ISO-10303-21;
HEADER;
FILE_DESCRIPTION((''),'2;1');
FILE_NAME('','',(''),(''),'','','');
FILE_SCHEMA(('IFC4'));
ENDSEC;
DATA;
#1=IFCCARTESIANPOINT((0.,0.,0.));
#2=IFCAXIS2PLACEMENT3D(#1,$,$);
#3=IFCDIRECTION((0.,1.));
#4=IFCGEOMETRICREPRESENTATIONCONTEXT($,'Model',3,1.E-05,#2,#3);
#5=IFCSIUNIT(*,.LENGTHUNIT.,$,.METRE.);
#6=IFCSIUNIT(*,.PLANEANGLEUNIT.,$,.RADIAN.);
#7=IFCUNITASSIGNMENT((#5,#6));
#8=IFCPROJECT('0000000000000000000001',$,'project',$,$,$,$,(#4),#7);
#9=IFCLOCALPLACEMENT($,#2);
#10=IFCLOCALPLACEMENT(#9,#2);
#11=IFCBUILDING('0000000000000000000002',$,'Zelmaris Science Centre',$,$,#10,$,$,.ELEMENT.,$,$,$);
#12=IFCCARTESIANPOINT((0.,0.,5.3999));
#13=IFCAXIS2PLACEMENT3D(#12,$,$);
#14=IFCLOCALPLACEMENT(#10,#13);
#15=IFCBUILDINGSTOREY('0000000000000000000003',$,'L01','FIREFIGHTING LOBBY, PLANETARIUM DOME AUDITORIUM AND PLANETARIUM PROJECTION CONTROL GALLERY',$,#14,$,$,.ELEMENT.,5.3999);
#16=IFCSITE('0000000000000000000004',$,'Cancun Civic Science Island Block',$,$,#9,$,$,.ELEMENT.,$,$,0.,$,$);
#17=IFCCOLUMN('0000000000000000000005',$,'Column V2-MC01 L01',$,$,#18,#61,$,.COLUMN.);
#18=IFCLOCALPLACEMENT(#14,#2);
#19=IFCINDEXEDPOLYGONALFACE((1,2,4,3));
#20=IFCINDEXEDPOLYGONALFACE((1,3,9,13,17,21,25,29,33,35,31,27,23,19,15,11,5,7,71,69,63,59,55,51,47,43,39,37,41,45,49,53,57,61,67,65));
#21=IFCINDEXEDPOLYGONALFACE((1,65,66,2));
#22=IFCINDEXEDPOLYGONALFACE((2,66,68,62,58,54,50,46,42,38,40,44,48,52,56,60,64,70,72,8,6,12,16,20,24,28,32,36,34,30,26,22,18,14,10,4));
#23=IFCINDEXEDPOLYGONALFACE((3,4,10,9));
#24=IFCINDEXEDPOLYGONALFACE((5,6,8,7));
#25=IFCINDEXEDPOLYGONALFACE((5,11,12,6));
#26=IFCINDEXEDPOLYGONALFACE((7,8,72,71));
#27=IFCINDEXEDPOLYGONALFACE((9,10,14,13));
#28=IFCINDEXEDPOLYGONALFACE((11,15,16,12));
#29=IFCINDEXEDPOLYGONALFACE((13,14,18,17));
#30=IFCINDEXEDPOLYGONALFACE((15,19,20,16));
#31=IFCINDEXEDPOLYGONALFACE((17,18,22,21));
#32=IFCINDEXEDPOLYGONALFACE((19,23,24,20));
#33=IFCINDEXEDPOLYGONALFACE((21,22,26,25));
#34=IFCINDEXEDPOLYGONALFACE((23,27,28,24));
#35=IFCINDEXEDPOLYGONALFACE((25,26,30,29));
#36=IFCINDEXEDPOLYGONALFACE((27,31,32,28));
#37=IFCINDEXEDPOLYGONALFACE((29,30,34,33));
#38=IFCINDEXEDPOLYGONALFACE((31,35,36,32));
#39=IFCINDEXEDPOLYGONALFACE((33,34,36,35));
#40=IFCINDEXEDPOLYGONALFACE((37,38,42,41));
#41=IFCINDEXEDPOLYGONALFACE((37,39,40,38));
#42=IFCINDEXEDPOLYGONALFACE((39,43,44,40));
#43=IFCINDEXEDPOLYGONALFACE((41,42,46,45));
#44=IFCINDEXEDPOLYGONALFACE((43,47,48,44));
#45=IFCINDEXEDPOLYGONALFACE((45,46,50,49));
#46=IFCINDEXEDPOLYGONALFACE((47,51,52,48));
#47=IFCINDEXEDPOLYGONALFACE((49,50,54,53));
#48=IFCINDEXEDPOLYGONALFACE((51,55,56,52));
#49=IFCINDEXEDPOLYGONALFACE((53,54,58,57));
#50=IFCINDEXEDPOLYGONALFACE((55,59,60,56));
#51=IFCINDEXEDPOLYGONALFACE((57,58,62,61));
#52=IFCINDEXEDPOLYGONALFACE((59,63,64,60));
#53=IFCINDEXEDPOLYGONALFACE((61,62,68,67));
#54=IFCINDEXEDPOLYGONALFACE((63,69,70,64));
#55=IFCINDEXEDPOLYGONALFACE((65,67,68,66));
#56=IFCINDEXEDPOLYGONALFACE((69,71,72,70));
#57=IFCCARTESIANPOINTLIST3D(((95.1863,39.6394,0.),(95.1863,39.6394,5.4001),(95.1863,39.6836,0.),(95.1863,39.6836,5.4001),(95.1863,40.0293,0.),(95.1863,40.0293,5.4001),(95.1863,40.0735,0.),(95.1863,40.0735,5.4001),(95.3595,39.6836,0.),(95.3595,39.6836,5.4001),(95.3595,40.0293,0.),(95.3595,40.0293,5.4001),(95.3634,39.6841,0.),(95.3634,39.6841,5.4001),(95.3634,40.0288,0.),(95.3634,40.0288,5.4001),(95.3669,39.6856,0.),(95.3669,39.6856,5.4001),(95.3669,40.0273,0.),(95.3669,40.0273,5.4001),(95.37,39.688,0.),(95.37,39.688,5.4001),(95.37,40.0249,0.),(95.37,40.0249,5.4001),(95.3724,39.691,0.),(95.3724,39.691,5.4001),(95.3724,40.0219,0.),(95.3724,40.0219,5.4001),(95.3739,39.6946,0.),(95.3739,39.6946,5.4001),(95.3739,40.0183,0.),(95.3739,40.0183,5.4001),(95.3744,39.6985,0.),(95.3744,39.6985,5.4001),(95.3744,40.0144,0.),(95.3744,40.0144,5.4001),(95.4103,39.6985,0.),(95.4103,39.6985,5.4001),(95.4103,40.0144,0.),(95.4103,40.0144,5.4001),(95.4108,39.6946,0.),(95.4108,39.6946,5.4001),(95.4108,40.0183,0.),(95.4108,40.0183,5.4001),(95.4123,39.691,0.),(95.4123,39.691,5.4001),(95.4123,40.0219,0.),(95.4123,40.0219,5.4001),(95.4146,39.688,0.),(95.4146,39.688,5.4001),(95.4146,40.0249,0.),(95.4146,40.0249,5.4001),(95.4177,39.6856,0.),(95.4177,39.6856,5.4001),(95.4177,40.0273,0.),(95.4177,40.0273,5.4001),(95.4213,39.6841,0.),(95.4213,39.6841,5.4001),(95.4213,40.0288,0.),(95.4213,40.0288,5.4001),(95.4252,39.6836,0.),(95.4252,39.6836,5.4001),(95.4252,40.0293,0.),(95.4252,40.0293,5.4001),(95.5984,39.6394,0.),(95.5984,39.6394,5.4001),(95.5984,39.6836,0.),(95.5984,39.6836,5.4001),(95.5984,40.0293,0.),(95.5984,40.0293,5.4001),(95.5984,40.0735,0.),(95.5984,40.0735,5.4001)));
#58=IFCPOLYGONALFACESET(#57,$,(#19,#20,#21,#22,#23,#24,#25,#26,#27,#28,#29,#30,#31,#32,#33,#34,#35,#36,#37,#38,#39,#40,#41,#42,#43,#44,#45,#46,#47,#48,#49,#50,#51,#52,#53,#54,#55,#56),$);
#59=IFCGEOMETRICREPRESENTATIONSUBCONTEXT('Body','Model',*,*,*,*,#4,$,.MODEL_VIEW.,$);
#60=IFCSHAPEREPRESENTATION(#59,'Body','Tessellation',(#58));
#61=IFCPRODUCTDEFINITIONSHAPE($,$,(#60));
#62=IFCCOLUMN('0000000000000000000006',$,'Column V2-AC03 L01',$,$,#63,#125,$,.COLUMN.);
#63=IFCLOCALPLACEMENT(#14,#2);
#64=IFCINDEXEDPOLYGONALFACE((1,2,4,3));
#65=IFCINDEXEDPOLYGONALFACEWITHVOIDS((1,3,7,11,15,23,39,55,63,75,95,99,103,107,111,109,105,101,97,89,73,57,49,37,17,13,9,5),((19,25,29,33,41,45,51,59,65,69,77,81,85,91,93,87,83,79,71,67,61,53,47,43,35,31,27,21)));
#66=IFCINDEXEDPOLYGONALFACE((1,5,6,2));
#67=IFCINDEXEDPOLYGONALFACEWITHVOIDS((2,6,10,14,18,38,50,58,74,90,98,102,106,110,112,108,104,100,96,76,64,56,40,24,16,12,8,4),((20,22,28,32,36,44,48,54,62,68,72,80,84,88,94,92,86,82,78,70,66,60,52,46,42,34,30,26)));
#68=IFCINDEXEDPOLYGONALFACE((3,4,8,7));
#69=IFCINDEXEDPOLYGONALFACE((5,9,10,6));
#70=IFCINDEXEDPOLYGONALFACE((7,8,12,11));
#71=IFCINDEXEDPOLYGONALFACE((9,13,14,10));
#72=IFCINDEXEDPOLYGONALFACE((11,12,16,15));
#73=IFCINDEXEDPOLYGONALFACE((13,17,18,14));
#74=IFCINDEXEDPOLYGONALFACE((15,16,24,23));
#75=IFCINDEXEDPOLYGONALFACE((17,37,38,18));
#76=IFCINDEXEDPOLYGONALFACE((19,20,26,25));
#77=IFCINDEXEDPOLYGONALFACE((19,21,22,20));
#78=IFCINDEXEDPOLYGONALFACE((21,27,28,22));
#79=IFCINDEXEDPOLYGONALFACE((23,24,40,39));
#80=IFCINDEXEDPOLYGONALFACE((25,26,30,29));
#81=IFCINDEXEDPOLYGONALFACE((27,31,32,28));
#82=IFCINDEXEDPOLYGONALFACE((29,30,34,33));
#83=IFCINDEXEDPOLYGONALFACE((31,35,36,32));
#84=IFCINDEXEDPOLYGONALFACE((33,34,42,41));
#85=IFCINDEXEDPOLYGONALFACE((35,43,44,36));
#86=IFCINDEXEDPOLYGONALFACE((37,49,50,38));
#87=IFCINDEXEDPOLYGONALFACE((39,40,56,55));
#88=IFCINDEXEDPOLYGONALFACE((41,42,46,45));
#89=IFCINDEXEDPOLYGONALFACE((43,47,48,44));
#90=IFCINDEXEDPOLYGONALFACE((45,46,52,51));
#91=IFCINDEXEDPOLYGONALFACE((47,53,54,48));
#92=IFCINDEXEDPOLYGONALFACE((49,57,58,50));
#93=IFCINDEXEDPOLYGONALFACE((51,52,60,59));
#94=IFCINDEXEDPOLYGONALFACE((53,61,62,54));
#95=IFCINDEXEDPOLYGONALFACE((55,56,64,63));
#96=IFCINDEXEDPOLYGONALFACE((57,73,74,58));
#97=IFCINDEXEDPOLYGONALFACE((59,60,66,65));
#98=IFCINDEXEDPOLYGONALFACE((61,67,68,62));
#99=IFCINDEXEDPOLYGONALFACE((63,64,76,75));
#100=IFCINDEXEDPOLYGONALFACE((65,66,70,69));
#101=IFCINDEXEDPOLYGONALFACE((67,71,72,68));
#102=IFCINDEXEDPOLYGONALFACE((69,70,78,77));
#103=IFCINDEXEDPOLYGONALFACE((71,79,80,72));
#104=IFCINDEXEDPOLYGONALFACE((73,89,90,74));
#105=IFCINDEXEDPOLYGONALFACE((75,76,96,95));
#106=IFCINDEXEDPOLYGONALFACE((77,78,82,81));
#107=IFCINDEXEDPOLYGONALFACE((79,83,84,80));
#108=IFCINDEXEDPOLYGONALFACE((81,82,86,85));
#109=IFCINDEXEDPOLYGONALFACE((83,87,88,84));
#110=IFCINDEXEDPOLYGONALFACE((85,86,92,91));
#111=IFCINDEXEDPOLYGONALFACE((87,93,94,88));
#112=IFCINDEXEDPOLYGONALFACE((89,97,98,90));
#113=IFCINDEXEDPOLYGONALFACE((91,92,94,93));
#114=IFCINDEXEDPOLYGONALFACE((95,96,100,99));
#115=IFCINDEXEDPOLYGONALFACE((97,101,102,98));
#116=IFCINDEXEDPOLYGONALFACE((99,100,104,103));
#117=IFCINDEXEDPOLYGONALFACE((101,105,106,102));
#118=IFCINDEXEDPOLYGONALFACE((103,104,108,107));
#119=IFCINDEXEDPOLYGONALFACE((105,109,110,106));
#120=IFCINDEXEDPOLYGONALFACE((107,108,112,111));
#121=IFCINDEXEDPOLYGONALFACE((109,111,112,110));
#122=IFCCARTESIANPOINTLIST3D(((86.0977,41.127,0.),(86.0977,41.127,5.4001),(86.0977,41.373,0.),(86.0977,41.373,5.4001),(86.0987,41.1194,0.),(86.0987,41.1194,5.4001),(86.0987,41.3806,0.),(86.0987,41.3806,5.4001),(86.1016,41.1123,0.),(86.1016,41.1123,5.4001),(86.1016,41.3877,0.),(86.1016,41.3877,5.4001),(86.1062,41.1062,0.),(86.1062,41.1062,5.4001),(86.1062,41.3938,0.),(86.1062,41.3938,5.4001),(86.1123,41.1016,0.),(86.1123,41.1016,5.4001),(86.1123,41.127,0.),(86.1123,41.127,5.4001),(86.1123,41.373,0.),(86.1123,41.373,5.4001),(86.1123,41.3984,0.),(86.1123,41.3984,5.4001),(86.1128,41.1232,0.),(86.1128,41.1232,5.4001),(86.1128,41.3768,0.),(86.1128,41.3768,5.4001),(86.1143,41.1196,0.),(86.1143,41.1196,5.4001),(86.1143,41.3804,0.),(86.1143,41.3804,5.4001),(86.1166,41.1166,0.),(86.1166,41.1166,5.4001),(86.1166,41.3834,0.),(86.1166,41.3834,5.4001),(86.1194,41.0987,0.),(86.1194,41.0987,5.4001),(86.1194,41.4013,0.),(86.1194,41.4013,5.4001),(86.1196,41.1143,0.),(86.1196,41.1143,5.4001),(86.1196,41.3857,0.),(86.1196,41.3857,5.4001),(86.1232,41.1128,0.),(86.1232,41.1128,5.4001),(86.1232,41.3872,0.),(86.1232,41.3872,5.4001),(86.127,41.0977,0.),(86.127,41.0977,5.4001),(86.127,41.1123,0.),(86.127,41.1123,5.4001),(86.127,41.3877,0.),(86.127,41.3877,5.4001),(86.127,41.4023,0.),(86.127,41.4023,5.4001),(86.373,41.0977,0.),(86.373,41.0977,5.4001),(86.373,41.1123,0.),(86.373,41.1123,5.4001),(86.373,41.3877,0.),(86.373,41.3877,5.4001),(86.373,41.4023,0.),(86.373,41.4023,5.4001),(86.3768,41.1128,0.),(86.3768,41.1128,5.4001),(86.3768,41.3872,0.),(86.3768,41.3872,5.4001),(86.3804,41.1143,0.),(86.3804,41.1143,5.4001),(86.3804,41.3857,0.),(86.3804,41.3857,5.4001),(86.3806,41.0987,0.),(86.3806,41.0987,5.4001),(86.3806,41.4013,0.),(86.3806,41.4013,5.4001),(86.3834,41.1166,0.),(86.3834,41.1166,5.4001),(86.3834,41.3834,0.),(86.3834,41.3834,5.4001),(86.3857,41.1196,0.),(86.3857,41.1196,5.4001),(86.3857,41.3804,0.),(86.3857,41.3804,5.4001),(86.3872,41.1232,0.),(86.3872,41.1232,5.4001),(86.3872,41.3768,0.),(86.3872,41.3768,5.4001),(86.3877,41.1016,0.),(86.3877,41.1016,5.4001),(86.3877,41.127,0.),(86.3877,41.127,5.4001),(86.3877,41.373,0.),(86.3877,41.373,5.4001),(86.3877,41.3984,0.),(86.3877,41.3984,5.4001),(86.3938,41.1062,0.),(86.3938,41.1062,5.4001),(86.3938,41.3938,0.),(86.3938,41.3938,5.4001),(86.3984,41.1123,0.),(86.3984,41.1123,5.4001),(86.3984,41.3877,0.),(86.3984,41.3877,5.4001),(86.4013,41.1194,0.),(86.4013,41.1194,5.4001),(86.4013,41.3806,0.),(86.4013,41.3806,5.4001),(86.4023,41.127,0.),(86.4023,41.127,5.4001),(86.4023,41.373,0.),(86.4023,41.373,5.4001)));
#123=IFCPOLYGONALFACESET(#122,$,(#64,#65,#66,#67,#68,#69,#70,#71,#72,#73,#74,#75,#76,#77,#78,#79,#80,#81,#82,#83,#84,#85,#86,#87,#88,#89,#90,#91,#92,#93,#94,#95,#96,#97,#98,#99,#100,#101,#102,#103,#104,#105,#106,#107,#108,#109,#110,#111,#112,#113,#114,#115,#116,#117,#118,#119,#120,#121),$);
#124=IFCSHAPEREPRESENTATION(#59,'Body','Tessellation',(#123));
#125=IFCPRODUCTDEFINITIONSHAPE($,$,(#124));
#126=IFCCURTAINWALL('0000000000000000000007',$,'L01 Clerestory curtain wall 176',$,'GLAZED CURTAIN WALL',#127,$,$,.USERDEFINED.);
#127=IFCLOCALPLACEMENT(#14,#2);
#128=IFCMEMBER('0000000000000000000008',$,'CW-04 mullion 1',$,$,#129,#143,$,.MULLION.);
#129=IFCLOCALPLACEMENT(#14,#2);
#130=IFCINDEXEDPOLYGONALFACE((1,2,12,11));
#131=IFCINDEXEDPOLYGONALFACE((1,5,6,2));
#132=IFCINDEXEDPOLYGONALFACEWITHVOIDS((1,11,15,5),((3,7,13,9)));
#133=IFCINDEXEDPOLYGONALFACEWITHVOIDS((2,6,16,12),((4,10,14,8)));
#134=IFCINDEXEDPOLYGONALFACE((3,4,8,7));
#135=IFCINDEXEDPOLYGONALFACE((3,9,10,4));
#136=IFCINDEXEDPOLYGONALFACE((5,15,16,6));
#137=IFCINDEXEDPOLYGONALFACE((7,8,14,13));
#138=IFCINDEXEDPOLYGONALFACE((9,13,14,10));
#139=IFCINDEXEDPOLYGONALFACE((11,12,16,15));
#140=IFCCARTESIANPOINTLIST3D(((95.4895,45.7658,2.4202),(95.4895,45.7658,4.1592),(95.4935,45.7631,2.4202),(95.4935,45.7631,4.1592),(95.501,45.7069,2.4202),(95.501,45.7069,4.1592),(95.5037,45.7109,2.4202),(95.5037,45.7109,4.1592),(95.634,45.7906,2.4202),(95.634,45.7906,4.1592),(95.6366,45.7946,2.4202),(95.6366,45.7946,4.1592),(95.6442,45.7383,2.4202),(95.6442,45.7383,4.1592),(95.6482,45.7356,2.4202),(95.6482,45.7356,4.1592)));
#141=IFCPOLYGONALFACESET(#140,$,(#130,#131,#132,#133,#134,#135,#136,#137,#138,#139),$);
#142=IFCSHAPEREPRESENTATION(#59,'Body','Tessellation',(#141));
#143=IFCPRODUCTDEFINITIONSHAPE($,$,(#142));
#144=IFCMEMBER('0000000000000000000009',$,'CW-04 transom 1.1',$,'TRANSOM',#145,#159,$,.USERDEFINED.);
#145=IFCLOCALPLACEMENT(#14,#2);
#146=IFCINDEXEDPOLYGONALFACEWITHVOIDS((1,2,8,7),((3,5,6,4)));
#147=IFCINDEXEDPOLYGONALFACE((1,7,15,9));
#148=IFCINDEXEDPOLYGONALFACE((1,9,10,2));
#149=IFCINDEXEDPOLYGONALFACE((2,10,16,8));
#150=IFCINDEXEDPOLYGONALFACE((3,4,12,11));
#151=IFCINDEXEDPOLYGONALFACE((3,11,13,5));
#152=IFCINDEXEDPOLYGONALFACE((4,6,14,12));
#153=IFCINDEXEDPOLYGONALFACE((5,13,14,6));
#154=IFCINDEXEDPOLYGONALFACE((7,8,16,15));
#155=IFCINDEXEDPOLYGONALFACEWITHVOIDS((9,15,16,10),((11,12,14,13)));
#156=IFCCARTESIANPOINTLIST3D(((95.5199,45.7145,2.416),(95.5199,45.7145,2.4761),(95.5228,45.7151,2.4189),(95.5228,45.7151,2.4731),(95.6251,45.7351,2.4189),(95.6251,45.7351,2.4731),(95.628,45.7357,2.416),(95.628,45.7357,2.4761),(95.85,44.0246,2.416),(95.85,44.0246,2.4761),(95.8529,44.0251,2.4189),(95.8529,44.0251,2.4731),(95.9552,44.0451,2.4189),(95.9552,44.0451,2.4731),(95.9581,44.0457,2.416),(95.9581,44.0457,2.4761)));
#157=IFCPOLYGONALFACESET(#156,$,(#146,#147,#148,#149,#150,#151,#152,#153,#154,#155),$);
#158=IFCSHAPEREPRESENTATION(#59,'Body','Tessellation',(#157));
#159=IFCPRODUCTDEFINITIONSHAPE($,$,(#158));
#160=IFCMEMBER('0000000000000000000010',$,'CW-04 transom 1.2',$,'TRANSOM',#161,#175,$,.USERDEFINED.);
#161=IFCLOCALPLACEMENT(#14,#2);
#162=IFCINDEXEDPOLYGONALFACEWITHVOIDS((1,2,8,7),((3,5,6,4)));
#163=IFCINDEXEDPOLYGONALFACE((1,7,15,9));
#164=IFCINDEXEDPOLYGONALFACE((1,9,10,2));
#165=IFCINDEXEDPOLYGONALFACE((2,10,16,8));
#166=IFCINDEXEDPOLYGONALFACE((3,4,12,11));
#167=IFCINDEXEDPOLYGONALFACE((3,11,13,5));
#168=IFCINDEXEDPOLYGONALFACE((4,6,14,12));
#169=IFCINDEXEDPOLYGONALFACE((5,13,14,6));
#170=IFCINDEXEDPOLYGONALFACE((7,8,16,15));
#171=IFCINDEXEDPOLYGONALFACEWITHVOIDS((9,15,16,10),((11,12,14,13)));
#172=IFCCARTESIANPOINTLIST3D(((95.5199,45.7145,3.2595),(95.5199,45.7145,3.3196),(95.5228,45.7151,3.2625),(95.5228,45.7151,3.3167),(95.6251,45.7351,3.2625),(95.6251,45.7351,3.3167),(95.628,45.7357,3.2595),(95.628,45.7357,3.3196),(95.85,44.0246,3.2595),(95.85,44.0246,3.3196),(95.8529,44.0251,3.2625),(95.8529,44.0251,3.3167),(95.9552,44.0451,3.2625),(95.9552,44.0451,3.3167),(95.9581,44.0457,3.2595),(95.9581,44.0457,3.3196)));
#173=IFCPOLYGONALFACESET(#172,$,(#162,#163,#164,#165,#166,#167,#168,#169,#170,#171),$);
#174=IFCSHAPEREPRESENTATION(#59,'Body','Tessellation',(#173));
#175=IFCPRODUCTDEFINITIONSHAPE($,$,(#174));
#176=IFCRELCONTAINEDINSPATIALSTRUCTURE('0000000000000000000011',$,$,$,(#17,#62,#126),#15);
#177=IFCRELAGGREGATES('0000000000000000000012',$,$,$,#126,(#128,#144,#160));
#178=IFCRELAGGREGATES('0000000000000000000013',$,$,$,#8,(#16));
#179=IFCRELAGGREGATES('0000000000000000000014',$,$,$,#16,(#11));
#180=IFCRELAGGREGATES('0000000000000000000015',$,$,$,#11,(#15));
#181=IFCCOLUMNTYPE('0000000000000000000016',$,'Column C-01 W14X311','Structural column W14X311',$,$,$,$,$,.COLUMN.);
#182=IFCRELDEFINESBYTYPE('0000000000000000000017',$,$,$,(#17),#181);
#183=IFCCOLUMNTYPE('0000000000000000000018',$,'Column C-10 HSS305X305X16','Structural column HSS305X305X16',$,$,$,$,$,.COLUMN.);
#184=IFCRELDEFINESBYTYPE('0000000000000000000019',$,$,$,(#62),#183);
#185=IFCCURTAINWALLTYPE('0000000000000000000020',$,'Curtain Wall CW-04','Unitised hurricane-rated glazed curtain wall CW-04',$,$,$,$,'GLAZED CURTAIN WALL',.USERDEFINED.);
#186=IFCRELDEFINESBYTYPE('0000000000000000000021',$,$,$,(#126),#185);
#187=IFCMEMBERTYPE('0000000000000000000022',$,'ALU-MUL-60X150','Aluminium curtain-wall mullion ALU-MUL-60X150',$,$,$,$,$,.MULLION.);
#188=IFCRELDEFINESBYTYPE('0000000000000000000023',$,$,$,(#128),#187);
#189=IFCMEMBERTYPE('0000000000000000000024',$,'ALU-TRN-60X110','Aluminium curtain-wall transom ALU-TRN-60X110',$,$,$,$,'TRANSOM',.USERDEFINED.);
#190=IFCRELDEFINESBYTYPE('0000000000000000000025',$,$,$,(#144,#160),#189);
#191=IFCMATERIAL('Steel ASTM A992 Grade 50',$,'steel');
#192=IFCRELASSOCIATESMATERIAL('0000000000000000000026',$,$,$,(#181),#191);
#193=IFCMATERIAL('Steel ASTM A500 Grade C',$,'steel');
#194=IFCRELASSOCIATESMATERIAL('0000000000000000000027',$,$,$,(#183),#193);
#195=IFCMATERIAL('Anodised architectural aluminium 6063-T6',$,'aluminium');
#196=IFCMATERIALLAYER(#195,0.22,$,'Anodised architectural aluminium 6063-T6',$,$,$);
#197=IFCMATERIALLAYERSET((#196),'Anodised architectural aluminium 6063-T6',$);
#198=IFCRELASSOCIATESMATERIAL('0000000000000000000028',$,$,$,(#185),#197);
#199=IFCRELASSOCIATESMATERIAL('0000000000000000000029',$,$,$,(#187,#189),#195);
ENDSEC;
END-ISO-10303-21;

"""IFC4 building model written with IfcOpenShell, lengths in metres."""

from ifc_helpers import new_model, si_unit, direction, frame, origin, origin_2d, place, context, subcontext, project, spatial, hollow_rectangle, i_section, extrude, material, layer, layer_set, material_profile, profile_set, type_object, element, aggregate, save


model = new_model("IFC4")

# Units and contexts
model_context = context("Model", 3, precision=1e-05, world=origin(), true_north=direction((0.0, 1.0)))
body_context = subcontext(model_context, "Body", "Model", "MODEL_VIEW")
ifc_project = project(units=[si_unit("LENGTHUNIT", "METRE"), si_unit("PLANEANGLEUNIT", "RADIAN")], contexts=[model_context])

# Site, building, storey
site_placement = place(None, origin())
site = spatial("IfcSite", under=ifc_project, at=site_placement, Name="Cancun Civic Science Island Block", CompositionType="ELEMENT", RefElevation=0.0)
building_placement = place(site_placement, origin())
building = spatial("IfcBuilding", under=site, at=building_placement, Name="Zelmaris Science Centre", CompositionType="ELEMENT")
storey_placement = place(building_placement, frame((0.0, 0.0, 5.3999)))
storey = spatial("IfcBuildingStorey", under=building, at=storey_placement, Name="L01", Description="FIREFIGHTING LOBBY, PLANETARIUM DOME AUDITORIUM AND PLANETARIUM PROJECTION CONTROL GALLERY", CompositionType="ELEMENT", Elevation=5.3999)

# Columns
ifc_material_1 = material(Name="Steel ASTM A992 Grade 50", Category="steel")
ifc_material_profile_1 = material_profile(ifc_material_1, i_section(OverallWidth=0.4121, OverallDepth=0.4341, WebThickness=0.0359, FlangeThickness=0.0442, FilletRadius=0.0149, at=origin_2d()), Name="W14X311")
ifc_profile_set_1 = profile_set([ifc_material_profile_1], Name="Steel ASTM A992 Grade 50")
column_type_1 = type_object("IfcColumnType", Name="Column C-01 W14X311", Description="Structural column W14X311", PredefinedType="COLUMN", material=ifc_profile_set_1)
column_1_placement = place(storey_placement, frame((95.3923, 39.8564, 0.0), z_axis=(0.0, 0.0, 1.0), x_axis=(1.0, 0.0, 0.0)))
element("IfcColumn", 1, at=column_1_placement, inside=storey, type_object=column_type_1, Name="Column V2-MC01 L01", PredefinedType="COLUMN", context=body_context, shape_type="SweptSolid", body=[
    extrude(i_section(OverallWidth=0.4121, OverallDepth=0.4341, WebThickness=0.0359, FlangeThickness=0.0442, FilletRadius=0.0149, at=origin_2d()), origin(), (0.0, 0.0, 1.0), 5.4001),
])
ifc_material_2 = material(Name="Steel ASTM A500 Grade C", Category="steel")
ifc_material_profile_2 = material_profile(ifc_material_2, hollow_rectangle(XDim=0.3047, YDim=0.3047, WallThickness=0.0146, InnerFilletRadius=0.0146, OuterFilletRadius=0.0293, at=origin_2d()), Name="HSS305X305X16")
ifc_profile_set_2 = profile_set([ifc_material_profile_2], Name="Steel ASTM A500 Grade C")
column_type_2 = type_object("IfcColumnType", Name="Column C-10 HSS305X305X16", Description="Structural column HSS305X305X16", PredefinedType="COLUMN", material=ifc_profile_set_2)
column_2_placement = place(storey_placement, frame((86.25, 41.25, 0.0), z_axis=(0.0, 0.0, 1.0), x_axis=(1.0, 0.0, 0.0)))
element("IfcColumn", 2, at=column_2_placement, inside=storey, type_object=column_type_2, Name="Column V2-AC03 L01", PredefinedType="COLUMN", context=body_context, shape_type="SweptSolid", body=[
    extrude(hollow_rectangle(XDim=0.3047, YDim=0.3047, WallThickness=0.0146, InnerFilletRadius=0.0146, OuterFilletRadius=0.0293, at=origin_2d()), origin(), (0.0, 0.0, 1.0), 5.4001),
])

# Curtain wall, members
ifc_material_3 = material(Name="Anodised architectural aluminium 6063-T6", Category="aluminium")
ifc_layer_1 = layer(ifc_material_3, 0.22, Name="Anodised architectural aluminium 6063-T6")
ifc_layer_set_1 = layer_set([ifc_layer_1], Name="Anodised architectural aluminium 6063-T6")
curtain_wall_type = type_object("IfcCurtainWallType", Name="Curtain Wall CW-04", Description="Unitised hurricane-rated glazed curtain wall CW-04", ElementType="GLAZED CURTAIN WALL", PredefinedType="USERDEFINED", material=ifc_layer_set_1)
curtain_wall_placement = place(storey_placement, origin())
curtain_wall = element("IfcCurtainWall", 3, at=curtain_wall_placement, inside=storey, type_object=curtain_wall_type, Name="L01 Clerestory curtain wall 176", ObjectType="GLAZED CURTAIN WALL", PredefinedType="USERDEFINED")
ifc_material_profile_3 = material_profile(ifc_material_3, hollow_rectangle(XDim=0.0601, YDim=0.1499, WallThickness=0.0034, at=origin_2d()), Name="ALU-MUL-60X150")
ifc_profile_set_3 = profile_set([ifc_material_profile_3], Name="Anodised architectural aluminium 6063-T6")
member_type_1 = type_object("IfcMemberType", Name="ALU-MUL-60X150", Description="Aluminium curtain-wall mullion ALU-MUL-60X150", PredefinedType="MULLION", material=ifc_profile_set_3)
member_1_placement = place(storey_placement, frame((95.5688, 45.7507, 2.4202), z_axis=(0.0, 0.0, 1.0), x_axis=(0.191749, -0.981444, 0.0)))
member_1 = element("IfcMember", 4, at=member_1_placement, type_object=member_type_1, Name="CW-04 mullion 1", PredefinedType="MULLION", context=body_context, shape_type="SweptSolid", body=[
    extrude(hollow_rectangle(XDim=0.0601, YDim=0.1499, WallThickness=0.0034, at=origin_2d()), origin(), (0.0, 0.0, 1.0), 1.739),
])
ifc_material_profile_4 = material_profile(ifc_material_3, hollow_rectangle(XDim=0.0601, YDim=0.1101, WallThickness=0.0029, at=origin_2d()), Name="ALU-TRN-60X110")
ifc_profile_set_4 = profile_set([ifc_material_profile_4], Name="Anodised architectural aluminium 6063-T6")
member_type_2 = type_object("IfcMemberType", Name="ALU-TRN-60X110", Description="Aluminium curtain-wall transom ALU-TRN-60X110", ElementType="TRANSOM", PredefinedType="USERDEFINED", material=ifc_profile_set_4)
member_2_placement = place(storey_placement, frame((95.574, 45.7251, 2.446), z_axis=(0.191697, -0.981454, 0.0), x_axis=(0.0, 0.0, 1.0)))
member_2 = element("IfcMember", 5, at=member_2_placement, type_object=member_type_2, Name="CW-04 transom 1.1", ObjectType="TRANSOM", PredefinedType="USERDEFINED", context=body_context, shape_type="SweptSolid", body=[
    extrude(hollow_rectangle(XDim=0.0601, YDim=0.1101, WallThickness=0.0029, at=origin_2d()), origin(), (0.0, 0.0, 1.0), 1.7219),
])
member_3_placement = place(storey_placement, frame((95.574, 45.7251, 3.2896), z_axis=(0.191697, -0.981454, 0.0), x_axis=(0.0, 0.0, 1.0)))
member_3 = element("IfcMember", 6, at=member_3_placement, type_object=member_type_2, Name="CW-04 transom 1.2", ObjectType="TRANSOM", PredefinedType="USERDEFINED", context=body_context, shape_type="SweptSolid", body=[
    extrude(hollow_rectangle(XDim=0.0601, YDim=0.1101, WallThickness=0.0029, at=origin_2d()), origin(), (0.0, 0.0, 1.0), 1.7219),
])
aggregate(curtain_wall, [member_1, member_2, member_3])

save(model, "model.ifc")
